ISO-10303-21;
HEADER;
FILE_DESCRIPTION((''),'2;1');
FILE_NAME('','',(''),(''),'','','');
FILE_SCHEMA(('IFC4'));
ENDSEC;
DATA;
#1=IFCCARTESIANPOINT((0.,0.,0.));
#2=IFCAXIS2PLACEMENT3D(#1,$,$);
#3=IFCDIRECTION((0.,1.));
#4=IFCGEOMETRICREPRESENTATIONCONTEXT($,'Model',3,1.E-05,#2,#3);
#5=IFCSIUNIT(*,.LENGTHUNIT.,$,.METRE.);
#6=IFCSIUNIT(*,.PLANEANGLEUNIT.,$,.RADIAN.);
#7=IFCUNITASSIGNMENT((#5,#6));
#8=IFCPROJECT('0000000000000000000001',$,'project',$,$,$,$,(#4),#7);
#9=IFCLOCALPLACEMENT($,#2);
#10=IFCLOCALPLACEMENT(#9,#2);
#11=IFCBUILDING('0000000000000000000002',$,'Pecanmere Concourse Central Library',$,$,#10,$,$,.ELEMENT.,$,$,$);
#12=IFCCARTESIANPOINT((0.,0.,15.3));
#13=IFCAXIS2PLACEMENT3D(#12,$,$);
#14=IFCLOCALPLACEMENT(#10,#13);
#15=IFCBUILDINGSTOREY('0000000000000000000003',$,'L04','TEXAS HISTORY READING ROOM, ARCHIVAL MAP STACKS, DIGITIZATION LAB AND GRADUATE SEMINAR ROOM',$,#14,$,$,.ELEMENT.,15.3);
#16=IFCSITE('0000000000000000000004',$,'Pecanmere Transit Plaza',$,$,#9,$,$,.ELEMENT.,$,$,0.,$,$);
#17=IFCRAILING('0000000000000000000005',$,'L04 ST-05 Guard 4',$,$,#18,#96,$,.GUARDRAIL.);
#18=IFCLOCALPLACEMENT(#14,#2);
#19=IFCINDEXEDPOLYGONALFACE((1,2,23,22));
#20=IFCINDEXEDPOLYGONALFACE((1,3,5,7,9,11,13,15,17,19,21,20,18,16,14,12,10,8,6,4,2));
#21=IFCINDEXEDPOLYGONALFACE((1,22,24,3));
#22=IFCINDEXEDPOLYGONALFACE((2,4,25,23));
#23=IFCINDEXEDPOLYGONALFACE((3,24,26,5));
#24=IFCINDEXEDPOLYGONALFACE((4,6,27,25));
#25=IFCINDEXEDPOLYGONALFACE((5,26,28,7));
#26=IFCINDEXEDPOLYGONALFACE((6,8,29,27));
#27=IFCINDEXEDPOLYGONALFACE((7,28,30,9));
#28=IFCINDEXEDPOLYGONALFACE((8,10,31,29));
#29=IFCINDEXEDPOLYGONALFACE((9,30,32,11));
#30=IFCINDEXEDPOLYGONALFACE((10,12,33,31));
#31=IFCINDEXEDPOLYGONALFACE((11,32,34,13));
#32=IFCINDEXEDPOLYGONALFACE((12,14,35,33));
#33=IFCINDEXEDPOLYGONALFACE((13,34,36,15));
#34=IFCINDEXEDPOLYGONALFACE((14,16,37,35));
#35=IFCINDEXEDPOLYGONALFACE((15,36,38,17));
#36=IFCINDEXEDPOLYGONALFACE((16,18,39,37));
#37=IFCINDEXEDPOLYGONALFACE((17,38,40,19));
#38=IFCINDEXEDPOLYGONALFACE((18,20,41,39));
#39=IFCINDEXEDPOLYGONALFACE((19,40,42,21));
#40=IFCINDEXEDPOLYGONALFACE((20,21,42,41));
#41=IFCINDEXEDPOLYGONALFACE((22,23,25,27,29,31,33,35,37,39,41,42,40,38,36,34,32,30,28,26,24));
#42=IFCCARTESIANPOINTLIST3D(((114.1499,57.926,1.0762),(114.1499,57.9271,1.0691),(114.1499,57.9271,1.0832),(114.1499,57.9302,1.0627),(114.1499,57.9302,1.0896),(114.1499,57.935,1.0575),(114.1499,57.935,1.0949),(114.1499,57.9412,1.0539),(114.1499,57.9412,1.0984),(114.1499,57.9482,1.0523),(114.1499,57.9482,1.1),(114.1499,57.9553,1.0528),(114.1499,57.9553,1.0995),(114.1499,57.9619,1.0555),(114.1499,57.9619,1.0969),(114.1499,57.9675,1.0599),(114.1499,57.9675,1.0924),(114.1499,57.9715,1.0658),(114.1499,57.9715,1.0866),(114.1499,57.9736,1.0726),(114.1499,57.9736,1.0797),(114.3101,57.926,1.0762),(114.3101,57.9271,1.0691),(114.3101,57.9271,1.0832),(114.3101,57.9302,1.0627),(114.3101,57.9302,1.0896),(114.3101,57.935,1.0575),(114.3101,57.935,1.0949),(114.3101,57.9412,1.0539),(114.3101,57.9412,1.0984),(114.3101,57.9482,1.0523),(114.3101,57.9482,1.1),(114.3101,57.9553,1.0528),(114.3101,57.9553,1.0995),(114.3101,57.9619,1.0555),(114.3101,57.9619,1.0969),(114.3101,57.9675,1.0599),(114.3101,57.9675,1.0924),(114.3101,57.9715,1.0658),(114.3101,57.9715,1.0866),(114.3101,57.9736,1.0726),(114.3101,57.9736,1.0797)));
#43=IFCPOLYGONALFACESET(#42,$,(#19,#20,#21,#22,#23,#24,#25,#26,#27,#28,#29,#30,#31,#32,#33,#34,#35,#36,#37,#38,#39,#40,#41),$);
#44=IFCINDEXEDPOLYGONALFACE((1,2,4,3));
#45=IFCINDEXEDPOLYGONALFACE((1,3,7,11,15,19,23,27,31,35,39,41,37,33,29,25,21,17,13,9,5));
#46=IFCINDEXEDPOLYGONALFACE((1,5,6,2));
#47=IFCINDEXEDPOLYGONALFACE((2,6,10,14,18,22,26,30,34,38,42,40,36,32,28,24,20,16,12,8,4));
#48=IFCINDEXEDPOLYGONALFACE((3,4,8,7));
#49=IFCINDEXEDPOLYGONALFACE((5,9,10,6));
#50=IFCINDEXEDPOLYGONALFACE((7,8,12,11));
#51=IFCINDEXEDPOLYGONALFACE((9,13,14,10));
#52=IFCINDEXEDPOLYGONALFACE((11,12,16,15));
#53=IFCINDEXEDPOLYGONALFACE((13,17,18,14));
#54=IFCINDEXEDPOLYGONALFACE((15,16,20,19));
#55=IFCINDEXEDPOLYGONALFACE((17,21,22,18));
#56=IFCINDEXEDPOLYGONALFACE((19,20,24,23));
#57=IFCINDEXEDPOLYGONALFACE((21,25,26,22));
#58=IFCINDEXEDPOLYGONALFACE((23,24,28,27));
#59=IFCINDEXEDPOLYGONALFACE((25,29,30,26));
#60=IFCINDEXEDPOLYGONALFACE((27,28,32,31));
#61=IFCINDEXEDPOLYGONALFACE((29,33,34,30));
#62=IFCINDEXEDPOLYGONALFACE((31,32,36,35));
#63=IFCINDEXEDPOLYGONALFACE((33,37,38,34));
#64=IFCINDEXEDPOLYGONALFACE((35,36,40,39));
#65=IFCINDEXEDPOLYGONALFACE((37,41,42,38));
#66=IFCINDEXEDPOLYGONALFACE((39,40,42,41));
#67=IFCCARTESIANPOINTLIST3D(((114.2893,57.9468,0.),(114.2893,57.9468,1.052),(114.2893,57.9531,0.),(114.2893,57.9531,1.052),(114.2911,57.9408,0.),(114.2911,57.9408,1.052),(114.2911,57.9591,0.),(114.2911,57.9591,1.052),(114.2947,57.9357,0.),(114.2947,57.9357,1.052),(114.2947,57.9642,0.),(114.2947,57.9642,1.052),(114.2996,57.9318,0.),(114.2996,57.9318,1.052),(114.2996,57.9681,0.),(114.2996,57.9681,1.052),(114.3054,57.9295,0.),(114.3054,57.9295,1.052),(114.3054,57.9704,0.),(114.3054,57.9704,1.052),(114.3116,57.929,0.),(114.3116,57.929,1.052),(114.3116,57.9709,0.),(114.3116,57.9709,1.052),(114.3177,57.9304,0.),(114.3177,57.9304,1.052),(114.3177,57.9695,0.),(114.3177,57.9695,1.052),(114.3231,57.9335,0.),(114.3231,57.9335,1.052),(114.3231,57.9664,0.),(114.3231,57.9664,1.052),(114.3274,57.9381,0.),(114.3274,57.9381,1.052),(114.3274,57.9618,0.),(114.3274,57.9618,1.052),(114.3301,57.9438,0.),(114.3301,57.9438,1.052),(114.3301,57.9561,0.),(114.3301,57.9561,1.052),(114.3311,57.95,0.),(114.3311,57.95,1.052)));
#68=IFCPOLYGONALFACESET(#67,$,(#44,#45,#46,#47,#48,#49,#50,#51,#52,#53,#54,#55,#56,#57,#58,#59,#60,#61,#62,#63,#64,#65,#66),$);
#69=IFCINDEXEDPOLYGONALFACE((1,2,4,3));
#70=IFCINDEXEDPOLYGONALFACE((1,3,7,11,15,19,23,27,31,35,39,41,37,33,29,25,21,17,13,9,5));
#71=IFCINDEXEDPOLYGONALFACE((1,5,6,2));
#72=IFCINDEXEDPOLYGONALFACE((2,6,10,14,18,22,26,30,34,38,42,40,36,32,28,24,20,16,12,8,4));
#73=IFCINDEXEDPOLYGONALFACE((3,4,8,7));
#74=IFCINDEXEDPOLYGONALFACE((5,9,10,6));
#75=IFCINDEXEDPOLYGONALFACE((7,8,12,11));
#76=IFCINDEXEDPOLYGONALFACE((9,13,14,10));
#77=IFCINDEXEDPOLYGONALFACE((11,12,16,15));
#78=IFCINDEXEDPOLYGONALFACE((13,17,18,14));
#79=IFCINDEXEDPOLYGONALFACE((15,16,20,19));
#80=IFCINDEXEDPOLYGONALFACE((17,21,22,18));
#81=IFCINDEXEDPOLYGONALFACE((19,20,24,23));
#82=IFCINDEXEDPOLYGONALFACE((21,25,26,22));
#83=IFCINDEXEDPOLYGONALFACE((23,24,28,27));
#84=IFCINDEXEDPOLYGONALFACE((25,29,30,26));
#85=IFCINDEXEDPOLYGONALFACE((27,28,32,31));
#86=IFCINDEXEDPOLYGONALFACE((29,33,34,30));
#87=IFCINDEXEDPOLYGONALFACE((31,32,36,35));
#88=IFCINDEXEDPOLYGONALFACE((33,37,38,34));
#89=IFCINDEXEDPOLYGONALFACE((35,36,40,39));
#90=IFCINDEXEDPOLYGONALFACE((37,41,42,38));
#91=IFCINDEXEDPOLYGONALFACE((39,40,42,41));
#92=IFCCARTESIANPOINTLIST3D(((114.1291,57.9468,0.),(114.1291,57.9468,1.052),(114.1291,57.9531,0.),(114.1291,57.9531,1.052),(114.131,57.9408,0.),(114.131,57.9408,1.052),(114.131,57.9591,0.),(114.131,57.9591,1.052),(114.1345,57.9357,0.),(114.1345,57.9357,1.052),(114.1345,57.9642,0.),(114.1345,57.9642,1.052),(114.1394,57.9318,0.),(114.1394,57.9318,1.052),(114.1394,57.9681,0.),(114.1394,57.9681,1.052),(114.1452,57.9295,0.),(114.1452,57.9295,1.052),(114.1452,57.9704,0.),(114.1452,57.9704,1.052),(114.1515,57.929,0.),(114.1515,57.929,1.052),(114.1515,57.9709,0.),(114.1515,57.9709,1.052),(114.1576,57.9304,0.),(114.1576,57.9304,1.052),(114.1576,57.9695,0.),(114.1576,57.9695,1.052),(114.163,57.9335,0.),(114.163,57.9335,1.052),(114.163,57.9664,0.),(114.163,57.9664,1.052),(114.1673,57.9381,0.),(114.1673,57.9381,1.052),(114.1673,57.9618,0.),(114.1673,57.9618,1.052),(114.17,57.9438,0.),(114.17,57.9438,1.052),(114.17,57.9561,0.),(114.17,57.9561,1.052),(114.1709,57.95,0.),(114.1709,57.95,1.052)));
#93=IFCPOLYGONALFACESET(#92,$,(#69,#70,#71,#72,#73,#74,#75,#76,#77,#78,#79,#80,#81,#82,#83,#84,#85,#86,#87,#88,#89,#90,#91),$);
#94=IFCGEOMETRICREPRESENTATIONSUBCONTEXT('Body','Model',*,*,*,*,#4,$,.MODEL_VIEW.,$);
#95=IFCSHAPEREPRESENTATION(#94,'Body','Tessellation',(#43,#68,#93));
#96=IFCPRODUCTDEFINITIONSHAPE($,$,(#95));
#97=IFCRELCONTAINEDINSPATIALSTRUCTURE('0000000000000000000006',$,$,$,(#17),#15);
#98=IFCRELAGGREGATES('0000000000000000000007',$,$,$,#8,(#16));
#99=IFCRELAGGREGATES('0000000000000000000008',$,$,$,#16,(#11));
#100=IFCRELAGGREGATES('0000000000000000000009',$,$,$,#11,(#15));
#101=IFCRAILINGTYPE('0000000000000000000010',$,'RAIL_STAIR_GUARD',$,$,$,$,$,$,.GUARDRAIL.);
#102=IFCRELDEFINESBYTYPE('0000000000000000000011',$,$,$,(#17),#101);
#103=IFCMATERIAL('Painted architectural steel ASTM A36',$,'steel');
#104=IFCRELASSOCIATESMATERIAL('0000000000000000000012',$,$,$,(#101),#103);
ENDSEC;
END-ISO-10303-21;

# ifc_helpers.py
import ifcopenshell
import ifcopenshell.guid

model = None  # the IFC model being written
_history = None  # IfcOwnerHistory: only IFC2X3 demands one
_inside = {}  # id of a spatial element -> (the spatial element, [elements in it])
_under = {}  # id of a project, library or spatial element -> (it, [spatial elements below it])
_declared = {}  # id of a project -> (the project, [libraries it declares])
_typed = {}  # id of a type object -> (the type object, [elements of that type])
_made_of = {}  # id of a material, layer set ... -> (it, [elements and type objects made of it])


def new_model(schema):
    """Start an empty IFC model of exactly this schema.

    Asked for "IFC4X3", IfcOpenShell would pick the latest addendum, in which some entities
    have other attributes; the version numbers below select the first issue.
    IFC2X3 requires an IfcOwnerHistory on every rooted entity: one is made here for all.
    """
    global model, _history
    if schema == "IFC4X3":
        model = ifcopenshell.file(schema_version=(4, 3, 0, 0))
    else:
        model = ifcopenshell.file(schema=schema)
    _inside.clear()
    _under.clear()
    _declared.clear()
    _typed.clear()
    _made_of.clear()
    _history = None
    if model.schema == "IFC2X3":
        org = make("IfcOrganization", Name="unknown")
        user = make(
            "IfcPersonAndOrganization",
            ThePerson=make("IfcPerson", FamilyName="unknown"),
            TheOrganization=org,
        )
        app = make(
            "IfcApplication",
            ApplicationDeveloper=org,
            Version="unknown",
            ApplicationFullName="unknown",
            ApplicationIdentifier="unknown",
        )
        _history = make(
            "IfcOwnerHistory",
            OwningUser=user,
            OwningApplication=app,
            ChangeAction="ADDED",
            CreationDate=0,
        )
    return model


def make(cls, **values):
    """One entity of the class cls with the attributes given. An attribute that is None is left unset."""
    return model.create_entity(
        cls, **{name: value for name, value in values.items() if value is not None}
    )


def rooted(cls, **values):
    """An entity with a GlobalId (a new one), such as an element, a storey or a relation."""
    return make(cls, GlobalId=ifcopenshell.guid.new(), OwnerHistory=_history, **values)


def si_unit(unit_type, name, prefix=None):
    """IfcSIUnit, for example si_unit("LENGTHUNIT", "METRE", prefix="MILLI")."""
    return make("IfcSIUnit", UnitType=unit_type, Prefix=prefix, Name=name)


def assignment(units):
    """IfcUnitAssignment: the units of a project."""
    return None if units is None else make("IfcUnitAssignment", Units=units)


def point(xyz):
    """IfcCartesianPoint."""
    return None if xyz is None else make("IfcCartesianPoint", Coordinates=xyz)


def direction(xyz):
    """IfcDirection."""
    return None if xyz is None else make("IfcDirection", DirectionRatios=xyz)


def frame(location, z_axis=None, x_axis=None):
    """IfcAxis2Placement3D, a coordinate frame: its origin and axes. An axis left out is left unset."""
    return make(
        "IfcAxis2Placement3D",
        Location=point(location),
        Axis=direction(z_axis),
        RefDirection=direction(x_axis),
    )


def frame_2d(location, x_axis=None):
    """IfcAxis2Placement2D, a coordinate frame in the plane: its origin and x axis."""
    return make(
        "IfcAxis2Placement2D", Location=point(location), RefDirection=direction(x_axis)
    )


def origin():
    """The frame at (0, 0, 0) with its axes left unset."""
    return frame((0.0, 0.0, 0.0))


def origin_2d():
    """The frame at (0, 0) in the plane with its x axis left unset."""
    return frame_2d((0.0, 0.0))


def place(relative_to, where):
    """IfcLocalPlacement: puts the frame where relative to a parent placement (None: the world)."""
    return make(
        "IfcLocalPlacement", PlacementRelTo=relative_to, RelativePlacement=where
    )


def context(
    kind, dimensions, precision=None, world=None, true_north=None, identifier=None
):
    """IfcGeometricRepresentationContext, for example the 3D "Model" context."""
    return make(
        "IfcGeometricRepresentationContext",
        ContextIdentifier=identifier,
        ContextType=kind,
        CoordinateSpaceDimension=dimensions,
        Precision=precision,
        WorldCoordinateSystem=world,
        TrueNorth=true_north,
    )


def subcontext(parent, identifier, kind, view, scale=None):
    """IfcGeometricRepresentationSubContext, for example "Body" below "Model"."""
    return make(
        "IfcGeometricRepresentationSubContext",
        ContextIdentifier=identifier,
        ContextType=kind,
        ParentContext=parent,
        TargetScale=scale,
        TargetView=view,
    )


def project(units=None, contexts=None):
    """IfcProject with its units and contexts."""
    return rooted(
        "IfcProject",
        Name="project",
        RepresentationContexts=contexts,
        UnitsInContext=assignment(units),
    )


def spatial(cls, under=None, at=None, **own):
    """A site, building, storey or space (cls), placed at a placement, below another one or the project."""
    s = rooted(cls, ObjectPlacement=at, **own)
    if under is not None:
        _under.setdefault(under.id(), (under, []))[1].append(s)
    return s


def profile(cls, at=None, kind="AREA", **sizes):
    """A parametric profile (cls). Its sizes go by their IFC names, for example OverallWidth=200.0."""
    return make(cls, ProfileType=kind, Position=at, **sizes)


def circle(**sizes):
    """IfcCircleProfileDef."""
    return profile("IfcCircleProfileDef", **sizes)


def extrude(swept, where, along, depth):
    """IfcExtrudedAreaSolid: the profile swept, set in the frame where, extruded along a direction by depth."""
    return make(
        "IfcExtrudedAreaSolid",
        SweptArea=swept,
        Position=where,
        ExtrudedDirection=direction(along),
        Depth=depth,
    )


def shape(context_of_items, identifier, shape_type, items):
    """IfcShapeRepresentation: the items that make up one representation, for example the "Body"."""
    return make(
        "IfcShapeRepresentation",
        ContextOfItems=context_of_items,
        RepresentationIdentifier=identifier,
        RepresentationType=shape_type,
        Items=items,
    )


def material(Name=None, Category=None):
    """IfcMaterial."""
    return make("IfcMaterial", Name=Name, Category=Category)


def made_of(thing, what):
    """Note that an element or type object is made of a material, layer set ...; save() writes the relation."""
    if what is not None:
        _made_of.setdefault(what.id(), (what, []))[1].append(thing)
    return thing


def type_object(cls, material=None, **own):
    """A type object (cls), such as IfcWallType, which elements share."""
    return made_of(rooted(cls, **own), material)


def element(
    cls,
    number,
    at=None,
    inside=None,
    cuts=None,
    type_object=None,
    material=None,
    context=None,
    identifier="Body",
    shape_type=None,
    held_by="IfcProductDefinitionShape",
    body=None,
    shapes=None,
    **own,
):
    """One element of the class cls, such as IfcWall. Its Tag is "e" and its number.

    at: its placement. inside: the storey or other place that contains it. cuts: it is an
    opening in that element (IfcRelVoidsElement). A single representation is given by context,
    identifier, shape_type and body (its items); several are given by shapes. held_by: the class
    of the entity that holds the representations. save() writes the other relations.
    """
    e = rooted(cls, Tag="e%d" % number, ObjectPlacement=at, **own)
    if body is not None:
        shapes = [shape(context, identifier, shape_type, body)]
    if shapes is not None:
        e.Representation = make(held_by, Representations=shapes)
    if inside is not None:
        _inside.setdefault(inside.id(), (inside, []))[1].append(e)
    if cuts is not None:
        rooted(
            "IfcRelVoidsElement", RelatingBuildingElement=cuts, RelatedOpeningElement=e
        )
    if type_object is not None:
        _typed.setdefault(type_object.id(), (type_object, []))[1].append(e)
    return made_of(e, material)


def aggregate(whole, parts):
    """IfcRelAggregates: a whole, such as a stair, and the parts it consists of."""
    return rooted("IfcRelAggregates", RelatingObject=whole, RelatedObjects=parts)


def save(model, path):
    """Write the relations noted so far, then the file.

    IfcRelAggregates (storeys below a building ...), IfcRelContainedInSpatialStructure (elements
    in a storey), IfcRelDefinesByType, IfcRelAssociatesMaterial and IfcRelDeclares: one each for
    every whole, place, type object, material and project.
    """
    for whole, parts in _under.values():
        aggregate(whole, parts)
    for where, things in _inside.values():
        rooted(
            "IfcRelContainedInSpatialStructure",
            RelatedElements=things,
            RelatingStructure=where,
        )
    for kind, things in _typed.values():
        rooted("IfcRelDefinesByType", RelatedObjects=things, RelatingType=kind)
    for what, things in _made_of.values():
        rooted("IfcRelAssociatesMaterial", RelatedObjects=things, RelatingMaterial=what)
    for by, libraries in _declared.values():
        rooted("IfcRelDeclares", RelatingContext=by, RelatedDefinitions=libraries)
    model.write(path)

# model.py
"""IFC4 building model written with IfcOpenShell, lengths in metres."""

from ifc_helpers import new_model, si_unit, direction, frame, origin, origin_2d, place, context, subcontext, project, spatial, circle, extrude, material, type_object, element, save


model = new_model("IFC4")

# Units and contexts
model_context = context("Model", 3, precision=1e-05, world=origin(), true_north=direction((0.0, 1.0)))
body_context = subcontext(model_context, "Body", "Model", "MODEL_VIEW")
ifc_project = project(units=[si_unit("LENGTHUNIT", "METRE"), si_unit("PLANEANGLEUNIT", "RADIAN")], contexts=[model_context])

# Site, building, storey
site_placement = place(None, origin())
site = spatial("IfcSite", under=ifc_project, at=site_placement, Name="Pecanmere Transit Plaza", CompositionType="ELEMENT", RefElevation=0.0)
building_placement = place(site_placement, origin())
building = spatial("IfcBuilding", under=site, at=building_placement, Name="Pecanmere Concourse Central Library", CompositionType="ELEMENT")
storey_placement = place(building_placement, frame((0.0, 0.0, 15.3)))
storey = spatial("IfcBuildingStorey", under=building, at=storey_placement, Name="L04", Description="TEXAS HISTORY READING ROOM, ARCHIVAL MAP STACKS, DIGITIZATION LAB AND GRADUATE SEMINAR ROOM", CompositionType="ELEMENT", Elevation=15.3)

# Railing
ifc_material_1 = material(Name="Painted architectural steel ASTM A36", Category="steel")
railing_type_1 = type_object("IfcRailingType", Name="RAIL_STAIR_GUARD", PredefinedType="GUARDRAIL", material=ifc_material_1)
railing_1_placement = place(storey_placement, frame((114.3101, 57.95, 0.0)))
element("IfcRailing", 1, at=railing_1_placement, inside=storey, type_object=railing_type_1, Name="L04 ST-05 Guard 4", PredefinedType="GUARDRAIL", context=body_context, shape_type="SweptSolid", body=[
    extrude(circle(Radius=0.0239, at=origin_2d()), frame((0.0, 0.0, 1.0762), z_axis=(-1.0, 0.0, 0.0), x_axis=(0.0, -1.0, 0.0)), (0.0, 0.0, 1.0), 0.1602),
    extrude(circle(Radius=0.021, at=origin_2d()), origin(), (0.0, 0.0, 1.0), 1.052),
    extrude(circle(Radius=0.021, at=origin_2d()), frame((-0.1602, 0.0, 0.0)), (0.0, 0.0, 1.0), 1.052),
])

save(model, "model.ifc")
